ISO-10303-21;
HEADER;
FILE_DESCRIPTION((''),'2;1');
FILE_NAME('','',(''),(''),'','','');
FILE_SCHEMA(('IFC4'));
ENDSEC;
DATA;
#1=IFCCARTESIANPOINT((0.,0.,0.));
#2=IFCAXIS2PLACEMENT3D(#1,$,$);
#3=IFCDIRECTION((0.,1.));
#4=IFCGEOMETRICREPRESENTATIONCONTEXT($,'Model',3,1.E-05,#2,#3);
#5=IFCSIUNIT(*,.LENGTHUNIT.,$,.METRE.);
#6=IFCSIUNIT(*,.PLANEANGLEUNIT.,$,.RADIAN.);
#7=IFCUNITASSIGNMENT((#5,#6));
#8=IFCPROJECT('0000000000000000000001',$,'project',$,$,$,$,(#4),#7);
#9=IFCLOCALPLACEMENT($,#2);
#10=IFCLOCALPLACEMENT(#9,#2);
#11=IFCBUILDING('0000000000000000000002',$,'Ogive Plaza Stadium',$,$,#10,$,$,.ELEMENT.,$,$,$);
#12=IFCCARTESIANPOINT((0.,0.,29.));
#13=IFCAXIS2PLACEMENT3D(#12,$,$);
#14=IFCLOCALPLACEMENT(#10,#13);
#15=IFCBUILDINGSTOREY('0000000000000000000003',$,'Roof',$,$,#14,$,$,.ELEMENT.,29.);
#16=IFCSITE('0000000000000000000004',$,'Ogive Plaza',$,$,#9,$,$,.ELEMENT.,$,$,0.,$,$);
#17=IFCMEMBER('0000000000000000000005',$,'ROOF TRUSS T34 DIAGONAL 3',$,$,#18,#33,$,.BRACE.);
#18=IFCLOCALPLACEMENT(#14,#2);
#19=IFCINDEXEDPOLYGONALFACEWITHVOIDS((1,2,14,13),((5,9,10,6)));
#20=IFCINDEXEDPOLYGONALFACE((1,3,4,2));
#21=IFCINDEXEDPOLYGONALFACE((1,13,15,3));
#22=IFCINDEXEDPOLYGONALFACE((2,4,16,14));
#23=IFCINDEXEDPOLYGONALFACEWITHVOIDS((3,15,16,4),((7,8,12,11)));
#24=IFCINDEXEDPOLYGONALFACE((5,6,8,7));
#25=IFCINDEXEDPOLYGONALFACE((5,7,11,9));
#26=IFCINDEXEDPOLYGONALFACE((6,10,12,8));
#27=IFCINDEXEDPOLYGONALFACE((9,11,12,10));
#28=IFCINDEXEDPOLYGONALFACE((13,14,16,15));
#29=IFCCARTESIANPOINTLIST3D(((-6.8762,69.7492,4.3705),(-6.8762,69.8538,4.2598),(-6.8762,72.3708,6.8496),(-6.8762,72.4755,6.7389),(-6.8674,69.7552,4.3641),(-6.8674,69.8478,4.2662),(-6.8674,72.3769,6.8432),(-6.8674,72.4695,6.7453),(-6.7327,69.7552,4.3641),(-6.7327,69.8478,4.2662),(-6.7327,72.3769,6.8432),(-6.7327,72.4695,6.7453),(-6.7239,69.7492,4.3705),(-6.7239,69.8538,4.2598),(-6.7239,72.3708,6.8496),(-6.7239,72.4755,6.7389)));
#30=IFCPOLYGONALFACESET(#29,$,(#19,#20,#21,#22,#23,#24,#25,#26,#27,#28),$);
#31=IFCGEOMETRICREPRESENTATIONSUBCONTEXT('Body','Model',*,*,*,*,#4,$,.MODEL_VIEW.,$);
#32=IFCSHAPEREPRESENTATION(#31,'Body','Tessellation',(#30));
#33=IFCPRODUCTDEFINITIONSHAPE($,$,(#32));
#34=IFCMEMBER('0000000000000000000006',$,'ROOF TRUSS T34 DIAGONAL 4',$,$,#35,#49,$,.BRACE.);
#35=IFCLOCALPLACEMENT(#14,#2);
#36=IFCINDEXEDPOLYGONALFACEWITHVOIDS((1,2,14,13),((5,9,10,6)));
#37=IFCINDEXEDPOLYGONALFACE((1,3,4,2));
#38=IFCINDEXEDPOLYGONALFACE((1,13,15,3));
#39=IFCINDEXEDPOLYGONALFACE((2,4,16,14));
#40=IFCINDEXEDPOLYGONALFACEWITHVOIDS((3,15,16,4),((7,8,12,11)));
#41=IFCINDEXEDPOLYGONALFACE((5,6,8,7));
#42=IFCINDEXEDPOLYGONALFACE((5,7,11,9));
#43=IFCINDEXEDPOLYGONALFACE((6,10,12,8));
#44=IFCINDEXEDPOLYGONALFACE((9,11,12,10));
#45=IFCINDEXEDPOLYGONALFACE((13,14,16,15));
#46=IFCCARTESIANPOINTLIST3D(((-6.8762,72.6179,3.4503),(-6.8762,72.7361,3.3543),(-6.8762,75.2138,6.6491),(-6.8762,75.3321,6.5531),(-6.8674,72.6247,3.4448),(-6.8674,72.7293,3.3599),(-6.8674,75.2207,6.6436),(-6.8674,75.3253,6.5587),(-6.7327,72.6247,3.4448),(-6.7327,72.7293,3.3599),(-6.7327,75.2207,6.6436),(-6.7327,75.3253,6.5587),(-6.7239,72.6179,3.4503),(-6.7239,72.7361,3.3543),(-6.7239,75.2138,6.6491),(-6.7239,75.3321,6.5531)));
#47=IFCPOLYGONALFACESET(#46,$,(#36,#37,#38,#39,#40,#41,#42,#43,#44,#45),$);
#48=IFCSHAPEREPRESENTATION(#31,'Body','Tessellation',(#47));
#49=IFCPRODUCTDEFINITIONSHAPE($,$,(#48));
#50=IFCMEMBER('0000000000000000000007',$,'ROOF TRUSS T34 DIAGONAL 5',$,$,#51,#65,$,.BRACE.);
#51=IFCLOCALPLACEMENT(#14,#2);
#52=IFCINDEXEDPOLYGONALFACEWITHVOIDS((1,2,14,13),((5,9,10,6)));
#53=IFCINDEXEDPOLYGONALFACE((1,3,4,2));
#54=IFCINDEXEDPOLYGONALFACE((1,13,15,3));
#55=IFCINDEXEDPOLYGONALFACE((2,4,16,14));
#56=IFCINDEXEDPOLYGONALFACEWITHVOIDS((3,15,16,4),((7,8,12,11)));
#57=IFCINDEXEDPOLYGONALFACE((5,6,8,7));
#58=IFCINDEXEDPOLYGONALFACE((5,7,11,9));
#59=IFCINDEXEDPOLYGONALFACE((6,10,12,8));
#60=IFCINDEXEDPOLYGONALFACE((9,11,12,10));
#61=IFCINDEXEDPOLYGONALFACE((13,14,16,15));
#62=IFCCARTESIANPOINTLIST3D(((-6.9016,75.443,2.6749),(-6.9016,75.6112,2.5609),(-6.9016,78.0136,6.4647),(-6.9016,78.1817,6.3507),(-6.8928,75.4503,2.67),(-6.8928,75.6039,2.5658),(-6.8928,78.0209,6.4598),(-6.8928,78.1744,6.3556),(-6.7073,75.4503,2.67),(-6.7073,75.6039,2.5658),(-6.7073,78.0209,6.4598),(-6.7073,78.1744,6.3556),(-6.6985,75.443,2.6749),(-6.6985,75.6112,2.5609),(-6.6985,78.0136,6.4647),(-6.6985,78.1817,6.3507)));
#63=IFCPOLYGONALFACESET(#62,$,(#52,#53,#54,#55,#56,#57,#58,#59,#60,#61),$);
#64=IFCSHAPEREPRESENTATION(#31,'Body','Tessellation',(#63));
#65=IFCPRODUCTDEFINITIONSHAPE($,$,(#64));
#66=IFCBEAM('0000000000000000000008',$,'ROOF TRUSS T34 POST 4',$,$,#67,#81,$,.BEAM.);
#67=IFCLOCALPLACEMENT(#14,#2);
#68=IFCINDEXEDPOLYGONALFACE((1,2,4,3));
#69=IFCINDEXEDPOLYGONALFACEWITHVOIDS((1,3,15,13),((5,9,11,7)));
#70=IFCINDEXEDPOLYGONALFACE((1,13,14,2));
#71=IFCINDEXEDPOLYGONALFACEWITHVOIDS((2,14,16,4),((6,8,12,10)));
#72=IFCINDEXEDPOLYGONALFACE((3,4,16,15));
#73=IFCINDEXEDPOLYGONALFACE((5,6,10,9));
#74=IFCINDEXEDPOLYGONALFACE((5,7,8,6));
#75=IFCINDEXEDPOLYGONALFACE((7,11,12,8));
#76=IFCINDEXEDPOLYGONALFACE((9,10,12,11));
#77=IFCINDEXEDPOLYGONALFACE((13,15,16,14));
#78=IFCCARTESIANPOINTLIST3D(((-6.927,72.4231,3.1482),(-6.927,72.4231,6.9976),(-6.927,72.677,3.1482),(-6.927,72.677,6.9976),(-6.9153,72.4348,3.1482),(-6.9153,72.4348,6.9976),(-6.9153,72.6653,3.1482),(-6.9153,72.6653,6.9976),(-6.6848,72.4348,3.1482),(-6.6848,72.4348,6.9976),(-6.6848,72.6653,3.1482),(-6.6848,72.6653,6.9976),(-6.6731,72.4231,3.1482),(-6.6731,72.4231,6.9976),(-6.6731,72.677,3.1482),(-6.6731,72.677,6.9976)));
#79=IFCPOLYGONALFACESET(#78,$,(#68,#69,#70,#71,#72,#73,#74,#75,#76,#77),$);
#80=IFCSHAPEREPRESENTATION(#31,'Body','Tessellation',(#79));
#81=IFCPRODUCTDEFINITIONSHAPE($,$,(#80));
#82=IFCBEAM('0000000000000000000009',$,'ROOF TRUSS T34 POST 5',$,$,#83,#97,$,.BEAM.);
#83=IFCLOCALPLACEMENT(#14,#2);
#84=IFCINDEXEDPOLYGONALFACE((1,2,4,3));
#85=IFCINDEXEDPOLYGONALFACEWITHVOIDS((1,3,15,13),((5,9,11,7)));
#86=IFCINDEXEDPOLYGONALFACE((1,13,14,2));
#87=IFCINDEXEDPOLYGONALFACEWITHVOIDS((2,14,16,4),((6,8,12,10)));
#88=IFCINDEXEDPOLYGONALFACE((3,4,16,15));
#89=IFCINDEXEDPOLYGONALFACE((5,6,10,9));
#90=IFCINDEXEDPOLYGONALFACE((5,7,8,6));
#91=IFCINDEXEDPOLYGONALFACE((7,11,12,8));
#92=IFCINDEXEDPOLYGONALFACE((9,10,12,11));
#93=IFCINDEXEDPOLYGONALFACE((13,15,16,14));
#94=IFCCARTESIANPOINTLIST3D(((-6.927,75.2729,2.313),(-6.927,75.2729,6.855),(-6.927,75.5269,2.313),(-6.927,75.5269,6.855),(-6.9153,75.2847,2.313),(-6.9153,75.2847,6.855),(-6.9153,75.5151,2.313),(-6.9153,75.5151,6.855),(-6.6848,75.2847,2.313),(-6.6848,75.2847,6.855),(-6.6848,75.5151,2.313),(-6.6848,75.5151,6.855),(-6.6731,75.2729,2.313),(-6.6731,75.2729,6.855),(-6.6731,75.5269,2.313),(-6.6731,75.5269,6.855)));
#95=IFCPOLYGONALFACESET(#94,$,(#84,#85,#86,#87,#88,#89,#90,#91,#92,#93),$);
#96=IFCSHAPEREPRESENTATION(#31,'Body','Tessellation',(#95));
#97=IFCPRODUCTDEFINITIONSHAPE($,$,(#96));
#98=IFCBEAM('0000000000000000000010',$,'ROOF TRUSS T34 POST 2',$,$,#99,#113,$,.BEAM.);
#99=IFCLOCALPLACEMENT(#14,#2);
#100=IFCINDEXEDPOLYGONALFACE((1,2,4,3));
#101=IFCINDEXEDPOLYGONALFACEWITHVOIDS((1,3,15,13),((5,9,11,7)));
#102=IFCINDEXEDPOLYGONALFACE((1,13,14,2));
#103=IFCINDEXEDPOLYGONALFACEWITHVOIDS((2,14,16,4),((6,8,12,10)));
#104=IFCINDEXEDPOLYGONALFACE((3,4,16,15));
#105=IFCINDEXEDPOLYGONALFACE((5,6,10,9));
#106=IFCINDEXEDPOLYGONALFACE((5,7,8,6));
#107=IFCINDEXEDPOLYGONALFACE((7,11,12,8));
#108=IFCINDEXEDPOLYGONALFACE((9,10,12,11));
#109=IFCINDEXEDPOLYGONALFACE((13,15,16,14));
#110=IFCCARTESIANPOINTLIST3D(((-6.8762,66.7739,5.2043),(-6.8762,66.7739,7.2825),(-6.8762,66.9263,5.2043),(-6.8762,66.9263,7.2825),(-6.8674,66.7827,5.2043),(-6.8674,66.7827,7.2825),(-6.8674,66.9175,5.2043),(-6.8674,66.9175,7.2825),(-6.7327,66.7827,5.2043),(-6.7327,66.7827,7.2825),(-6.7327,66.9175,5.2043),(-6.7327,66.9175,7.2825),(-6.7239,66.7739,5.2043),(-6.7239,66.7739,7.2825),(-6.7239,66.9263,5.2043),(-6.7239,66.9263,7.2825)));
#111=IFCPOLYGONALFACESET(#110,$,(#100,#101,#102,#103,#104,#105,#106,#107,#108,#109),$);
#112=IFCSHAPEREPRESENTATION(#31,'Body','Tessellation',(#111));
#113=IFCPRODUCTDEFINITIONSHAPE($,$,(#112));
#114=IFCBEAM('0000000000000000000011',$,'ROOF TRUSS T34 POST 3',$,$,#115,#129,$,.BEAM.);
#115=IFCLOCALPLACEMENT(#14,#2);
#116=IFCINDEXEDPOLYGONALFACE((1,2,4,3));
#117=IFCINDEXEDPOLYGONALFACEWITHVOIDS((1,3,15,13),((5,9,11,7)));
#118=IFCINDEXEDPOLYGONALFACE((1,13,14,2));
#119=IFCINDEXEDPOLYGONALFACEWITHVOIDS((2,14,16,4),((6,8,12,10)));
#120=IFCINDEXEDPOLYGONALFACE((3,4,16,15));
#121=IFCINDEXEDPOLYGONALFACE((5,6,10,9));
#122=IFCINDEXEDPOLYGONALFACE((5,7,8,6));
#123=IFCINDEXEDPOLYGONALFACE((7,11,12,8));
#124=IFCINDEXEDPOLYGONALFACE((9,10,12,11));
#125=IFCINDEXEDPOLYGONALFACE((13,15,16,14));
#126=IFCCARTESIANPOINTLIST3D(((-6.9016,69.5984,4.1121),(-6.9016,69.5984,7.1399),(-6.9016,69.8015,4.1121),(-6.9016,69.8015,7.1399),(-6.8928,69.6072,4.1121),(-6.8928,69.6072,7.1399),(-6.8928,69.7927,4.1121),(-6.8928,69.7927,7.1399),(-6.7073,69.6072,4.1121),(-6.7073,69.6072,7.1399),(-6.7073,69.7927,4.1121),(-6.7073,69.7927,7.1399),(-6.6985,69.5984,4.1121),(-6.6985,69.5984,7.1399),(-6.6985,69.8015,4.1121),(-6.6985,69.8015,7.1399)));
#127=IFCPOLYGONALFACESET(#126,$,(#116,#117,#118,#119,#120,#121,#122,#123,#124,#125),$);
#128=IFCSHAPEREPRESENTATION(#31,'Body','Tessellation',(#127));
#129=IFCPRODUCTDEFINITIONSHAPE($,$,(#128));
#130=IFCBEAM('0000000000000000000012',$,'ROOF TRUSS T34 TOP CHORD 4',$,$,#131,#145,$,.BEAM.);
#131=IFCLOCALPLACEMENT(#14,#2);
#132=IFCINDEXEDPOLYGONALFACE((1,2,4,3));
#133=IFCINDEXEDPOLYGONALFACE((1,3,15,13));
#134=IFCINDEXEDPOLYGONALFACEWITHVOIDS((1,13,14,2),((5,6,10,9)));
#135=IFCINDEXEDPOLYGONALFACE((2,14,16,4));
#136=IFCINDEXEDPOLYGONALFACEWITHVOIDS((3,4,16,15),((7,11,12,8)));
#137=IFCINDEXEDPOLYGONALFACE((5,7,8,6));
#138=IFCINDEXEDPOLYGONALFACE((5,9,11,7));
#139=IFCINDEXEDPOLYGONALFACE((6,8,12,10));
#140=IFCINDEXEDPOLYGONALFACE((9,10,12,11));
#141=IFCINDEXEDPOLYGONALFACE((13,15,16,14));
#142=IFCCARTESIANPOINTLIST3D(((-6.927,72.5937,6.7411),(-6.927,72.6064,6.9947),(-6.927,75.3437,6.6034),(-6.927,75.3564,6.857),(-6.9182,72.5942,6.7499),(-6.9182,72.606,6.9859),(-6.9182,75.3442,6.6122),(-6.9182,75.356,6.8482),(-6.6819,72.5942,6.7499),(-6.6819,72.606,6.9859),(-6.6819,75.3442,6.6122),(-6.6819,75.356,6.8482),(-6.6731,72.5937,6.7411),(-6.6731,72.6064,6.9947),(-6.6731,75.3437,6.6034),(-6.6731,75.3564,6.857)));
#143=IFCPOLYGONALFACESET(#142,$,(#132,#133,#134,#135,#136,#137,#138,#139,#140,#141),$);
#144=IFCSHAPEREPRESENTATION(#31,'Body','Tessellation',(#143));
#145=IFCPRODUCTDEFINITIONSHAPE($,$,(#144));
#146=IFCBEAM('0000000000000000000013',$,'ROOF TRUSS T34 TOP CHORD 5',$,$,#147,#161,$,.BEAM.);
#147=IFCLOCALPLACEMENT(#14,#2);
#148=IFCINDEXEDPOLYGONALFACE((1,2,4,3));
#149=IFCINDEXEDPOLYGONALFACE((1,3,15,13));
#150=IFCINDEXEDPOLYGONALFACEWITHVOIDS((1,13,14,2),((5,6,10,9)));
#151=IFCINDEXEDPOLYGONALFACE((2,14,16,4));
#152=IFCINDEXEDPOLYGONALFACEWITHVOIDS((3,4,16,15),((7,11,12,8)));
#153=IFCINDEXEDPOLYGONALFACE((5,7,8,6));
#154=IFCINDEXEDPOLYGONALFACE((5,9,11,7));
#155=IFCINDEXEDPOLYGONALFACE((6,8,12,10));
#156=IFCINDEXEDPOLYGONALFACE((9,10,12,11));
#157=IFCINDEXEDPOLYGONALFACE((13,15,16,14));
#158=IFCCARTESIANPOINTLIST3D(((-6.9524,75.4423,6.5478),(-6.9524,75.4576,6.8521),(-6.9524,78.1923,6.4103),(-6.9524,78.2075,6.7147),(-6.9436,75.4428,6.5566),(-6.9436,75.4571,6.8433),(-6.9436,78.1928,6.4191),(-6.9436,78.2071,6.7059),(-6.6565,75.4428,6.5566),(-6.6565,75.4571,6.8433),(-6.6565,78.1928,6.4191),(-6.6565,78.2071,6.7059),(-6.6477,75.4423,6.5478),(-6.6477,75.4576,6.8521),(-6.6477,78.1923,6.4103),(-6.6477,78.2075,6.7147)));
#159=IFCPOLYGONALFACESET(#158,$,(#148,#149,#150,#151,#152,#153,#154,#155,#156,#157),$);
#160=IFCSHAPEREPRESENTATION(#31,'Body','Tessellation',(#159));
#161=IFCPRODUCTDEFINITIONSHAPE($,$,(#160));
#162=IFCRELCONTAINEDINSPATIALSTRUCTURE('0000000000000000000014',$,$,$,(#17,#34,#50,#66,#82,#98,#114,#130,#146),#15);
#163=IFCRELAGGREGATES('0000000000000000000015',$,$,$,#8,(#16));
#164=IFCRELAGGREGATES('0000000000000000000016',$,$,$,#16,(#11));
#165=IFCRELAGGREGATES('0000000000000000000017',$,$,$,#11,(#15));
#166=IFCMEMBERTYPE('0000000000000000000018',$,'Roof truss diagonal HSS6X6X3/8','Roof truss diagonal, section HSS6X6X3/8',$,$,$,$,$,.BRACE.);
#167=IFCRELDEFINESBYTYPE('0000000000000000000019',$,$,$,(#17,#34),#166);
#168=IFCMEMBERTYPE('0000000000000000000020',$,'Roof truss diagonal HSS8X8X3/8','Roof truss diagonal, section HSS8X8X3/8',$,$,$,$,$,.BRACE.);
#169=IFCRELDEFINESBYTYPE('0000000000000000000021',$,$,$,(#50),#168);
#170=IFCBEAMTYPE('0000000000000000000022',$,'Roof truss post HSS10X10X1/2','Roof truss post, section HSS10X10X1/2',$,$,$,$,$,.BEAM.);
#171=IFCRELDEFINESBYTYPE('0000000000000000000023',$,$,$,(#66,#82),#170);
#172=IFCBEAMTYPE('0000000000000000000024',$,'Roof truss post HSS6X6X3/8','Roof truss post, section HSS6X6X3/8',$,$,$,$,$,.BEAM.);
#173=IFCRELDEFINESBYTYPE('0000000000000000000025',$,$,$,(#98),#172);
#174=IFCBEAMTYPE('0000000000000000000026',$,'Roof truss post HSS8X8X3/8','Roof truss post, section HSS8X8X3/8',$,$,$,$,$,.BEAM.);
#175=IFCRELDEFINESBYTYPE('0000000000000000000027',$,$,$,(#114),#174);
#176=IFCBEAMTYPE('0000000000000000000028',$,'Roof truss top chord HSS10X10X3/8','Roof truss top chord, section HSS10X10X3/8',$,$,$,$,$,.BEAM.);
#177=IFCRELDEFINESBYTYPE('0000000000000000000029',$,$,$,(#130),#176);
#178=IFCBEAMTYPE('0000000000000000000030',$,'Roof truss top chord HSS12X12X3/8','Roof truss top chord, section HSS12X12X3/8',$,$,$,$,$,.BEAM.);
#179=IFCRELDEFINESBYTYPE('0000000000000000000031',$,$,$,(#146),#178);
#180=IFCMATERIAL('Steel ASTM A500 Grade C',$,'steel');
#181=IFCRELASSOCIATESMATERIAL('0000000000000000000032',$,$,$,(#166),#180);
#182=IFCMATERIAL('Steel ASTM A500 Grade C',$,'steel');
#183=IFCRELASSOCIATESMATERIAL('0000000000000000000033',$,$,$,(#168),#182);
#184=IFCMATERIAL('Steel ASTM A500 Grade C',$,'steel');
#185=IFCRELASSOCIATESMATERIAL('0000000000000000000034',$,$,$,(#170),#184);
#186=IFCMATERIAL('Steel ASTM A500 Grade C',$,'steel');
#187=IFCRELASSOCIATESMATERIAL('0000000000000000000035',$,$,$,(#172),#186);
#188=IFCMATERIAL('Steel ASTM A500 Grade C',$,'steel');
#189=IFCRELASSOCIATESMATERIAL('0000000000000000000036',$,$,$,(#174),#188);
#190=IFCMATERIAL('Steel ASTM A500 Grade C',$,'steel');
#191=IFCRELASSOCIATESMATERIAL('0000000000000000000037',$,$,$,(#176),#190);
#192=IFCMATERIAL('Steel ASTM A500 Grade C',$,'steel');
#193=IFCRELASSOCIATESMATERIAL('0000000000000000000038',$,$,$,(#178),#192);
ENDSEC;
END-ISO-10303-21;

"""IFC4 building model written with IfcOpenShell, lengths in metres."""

from ifc_helpers import new_model, si_unit, direction, frame, origin, origin_2d, place, context, subcontext, project, spatial, hollow_rectangle, extrude, material, material_profile, profile_set, type_object, element, save


model = new_model("IFC4")

# Units and contexts
model_context = context("Model", 3, precision=1e-05, world=origin(), true_north=direction((0.0, 1.0)))
body_context = subcontext(model_context, "Body", "Model", "MODEL_VIEW")
ifc_project = project(units=[si_unit("LENGTHUNIT", "METRE"), si_unit("PLANEANGLEUNIT", "RADIAN")], contexts=[model_context])

# Site, building, storey
site_placement = place(None, origin())
site = spatial("IfcSite", under=ifc_project, at=site_placement, Name="Ogive Plaza", CompositionType="ELEMENT", RefElevation=0.0)
building_placement = place(site_placement, origin())
building = spatial("IfcBuilding", under=site, at=building_placement, Name="Ogive Plaza Stadium", CompositionType="ELEMENT")
storey_placement = place(building_placement, frame((0.0, 0.0, 29.0)))
storey = spatial("IfcBuildingStorey", under=building, at=storey_placement, Name="Roof", CompositionType="ELEMENT", Elevation=29.0)

# Members
ifc_material_1 = material(Name="Steel ASTM A500 Grade C", Category="steel")
ifc_material_profile_1 = material_profile(ifc_material_1, hollow_rectangle(XDim=0.1523, YDim=0.1523, WallThickness=0.0088, at=origin_2d()), Name="HSS6X6X3/8")
ifc_profile_set_1 = profile_set([ifc_material_profile_1], Name="Steel ASTM A500 Grade C")
member_type_1 = type_object("IfcMemberType", Name="Roof truss diagonal HSS6X6X3/8", Description="Roof truss diagonal, section HSS6X6X3/8", PredefinedType="BRACE", material=ifc_profile_set_1)
member_1_placement = place(storey_placement, frame((-6.8, 69.8015, 4.3152), z_axis=(0.0, 0.726589, 0.687072), x_axis=(-1.0, 0.0, 0.0)))
element("IfcMember", 1, at=member_1_placement, inside=storey, type_object=member_type_1, Name="ROOF TRUSS T34 DIAGONAL 3", PredefinedType="BRACE", context=body_context, shape_type="SweptSolid", body=[
    extrude(hollow_rectangle(XDim=0.1523, YDim=0.1523, WallThickness=0.0088, at=origin_2d()), origin(), (0.0, 0.0, 1.0), 3.6082),
])
member_2_placement = place(storey_placement, frame((-6.8, 72.677, 3.4023), z_axis=(0.0, 0.630151, 0.776473), x_axis=(-1.0, 0.0, 0.0)))
element("IfcMember", 2, at=member_2_placement, inside=storey, type_object=member_type_1, Name="ROOF TRUSS T34 DIAGONAL 4", PredefinedType="BRACE", context=body_context, shape_type="SweptSolid", body=[
    extrude(hollow_rectangle(XDim=0.1523, YDim=0.1523, WallThickness=0.0088, at=origin_2d()), origin(), (0.0, 0.0, 1.0), 4.1196),
])
ifc_material_2 = material(Name="Steel ASTM A500 Grade C", Category="steel")
ifc_material_profile_2 = material_profile(ifc_material_2, hollow_rectangle(XDim=0.2031, YDim=0.2031, WallThickness=0.0088, at=origin_2d()), Name="HSS8X8X3/8")
ifc_profile_set_2 = profile_set([ifc_material_profile_2], Name="Steel ASTM A500 Grade C")
member_type_2 = type_object("IfcMemberType", Name="Roof truss diagonal HSS8X8X3/8", Description="Roof truss diagonal, section HSS8X8X3/8", PredefinedType="BRACE", material=ifc_profile_set_2)
member_3_placement = place(storey_placement, frame((-6.8, 75.5271, 2.6179), z_axis=(0.0, 0.561338, 0.827586), x_axis=(-1.0, 0.0, 0.0)))
element("IfcMember", 3, at=member_3_placement, inside=storey, type_object=member_type_2, Name="ROOF TRUSS T34 DIAGONAL 5", PredefinedType="BRACE", context=body_context, shape_type="SweptSolid", body=[
    extrude(hollow_rectangle(XDim=0.2031, YDim=0.2031, WallThickness=0.0088, at=origin_2d()), origin(), (0.0, 0.0, 1.0), 4.5793),
])

# Beams
ifc_material_3 = material(Name="Steel ASTM A500 Grade C", Category="steel")
ifc_material_profile_3 = material_profile(ifc_material_3, hollow_rectangle(XDim=0.2539, YDim=0.2539, WallThickness=0.0117, at=origin_2d()), Name="HSS10X10X1/2")
ifc_profile_set_3 = profile_set([ifc_material_profile_3], Name="Steel ASTM A500 Grade C")
beam_type_1 = type_object("IfcBeamType", Name="Roof truss post HSS10X10X1/2", Description="Roof truss post, section HSS10X10X1/2", PredefinedType="BEAM", material=ifc_profile_set_3)
beam_1_placement = place(storey_placement, frame((-6.8, 72.55, 3.1482), z_axis=(0.0, 0.0, 1.0), x_axis=(-1.0, 0.0, 0.0)))
element("IfcBeam", 4, at=beam_1_placement, inside=storey, type_object=beam_type_1, Name="ROOF TRUSS T34 POST 4", PredefinedType="BEAM", context=body_context, shape_type="SweptSolid", body=[
    extrude(hollow_rectangle(XDim=0.2539, YDim=0.2539, WallThickness=0.0117, at=origin_2d()), origin(), (0.0, 0.0, 1.0), 3.8494),
])
beam_2_placement = place(storey_placement, frame((-6.8, 75.3999, 2.313), z_axis=(0.0, 0.0, 1.0), x_axis=(-1.0, 0.0, 0.0)))
element("IfcBeam", 5, at=beam_2_placement, inside=storey, type_object=beam_type_1, Name="ROOF TRUSS T34 POST 5", PredefinedType="BEAM", context=body_context, shape_type="SweptSolid", body=[
    extrude(hollow_rectangle(XDim=0.2539, YDim=0.2539, WallThickness=0.0117, at=origin_2d()), origin(), (0.0, 0.0, 1.0), 4.542),
])
ifc_material_4 = material(Name="Steel ASTM A500 Grade C", Category="steel")
ifc_material_profile_4 = material_profile(ifc_material_4, hollow_rectangle(XDim=0.1523, YDim=0.1523, WallThickness=0.0088, at=origin_2d()), Name="HSS6X6X3/8")
ifc_profile_set_4 = profile_set([ifc_material_profile_4], Name="Steel ASTM A500 Grade C")
beam_type_2 = type_object("IfcBeamType", Name="Roof truss post HSS6X6X3/8", Description="Roof truss post, section HSS6X6X3/8", PredefinedType="BEAM", material=ifc_profile_set_4)
beam_3_placement = place(storey_placement, frame((-6.8, 66.8501, 5.2043), z_axis=(0.0, 0.0, 1.0), x_axis=(-1.0, 0.0, 0.0)))
element("IfcBeam", 6, at=beam_3_placement, inside=storey, type_object=beam_type_2, Name="ROOF TRUSS T34 POST 2", PredefinedType="BEAM", context=body_context, shape_type="SweptSolid", body=[
    extrude(hollow_rectangle(XDim=0.1523, YDim=0.1523, WallThickness=0.0088, at=origin_2d()), origin(), (0.0, 0.0, 1.0), 2.0781),
])
ifc_material_5 = material(Name="Steel ASTM A500 Grade C", Category="steel")
ifc_material_profile_5 = material_profile(ifc_material_5, hollow_rectangle(XDim=0.2031, YDim=0.2031, WallThickness=0.0088, at=origin_2d()), Name="HSS8X8X3/8")
ifc_profile_set_5 = profile_set([ifc_material_profile_5], Name="Steel ASTM A500 Grade C")
beam_type_3 = type_object("IfcBeamType", Name="Roof truss post HSS8X8X3/8", Description="Roof truss post, section HSS8X8X3/8", PredefinedType="BEAM", material=ifc_profile_set_5)
beam_4_placement = place(storey_placement, frame((-6.8, 69.7, 4.1121), z_axis=(0.0, 0.0, 1.0), x_axis=(-1.0, 0.0, 0.0)))
element("IfcBeam", 7, at=beam_4_placement, inside=storey, type_object=beam_type_3, Name="ROOF TRUSS T34 POST 3", PredefinedType="BEAM", context=body_context, shape_type="SweptSolid", body=[
    extrude(hollow_rectangle(XDim=0.2031, YDim=0.2031, WallThickness=0.0088, at=origin_2d()), origin(), (0.0, 0.0, 1.0), 3.0278),
])
ifc_material_6 = material(Name="Steel ASTM A500 Grade C", Category="steel")
ifc_material_profile_6 = material_profile(ifc_material_6, hollow_rectangle(XDim=0.2539, YDim=0.2539, WallThickness=0.0088, at=origin_2d()), Name="HSS10X10X3/8")
ifc_profile_set_6 = profile_set([ifc_material_profile_6], Name="Steel ASTM A500 Grade C")
beam_type_4 = type_object("IfcBeamType", Name="Roof truss top chord HSS10X10X3/8", Description="Roof truss top chord, section HSS10X10X3/8", PredefinedType="BEAM", material=ifc_profile_set_6)
beam_5_placement = place(storey_placement, frame((-6.8, 72.6001, 6.8679), z_axis=(0.0, 0.998749, -0.050008), x_axis=(-1.0, 0.0, 0.0)))
element("IfcBeam", 8, at=beam_5_placement, inside=storey, type_object=beam_type_4, Name="ROOF TRUSS T34 TOP CHORD 4", PredefinedType="BEAM", context=body_context, shape_type="SweptSolid", body=[
    extrude(hollow_rectangle(XDim=0.2539, YDim=0.2539, WallThickness=0.0088, at=origin_2d()), origin(), (0.0, 0.0, 1.0), 2.7534),
])
ifc_material_7 = material(Name="Steel ASTM A500 Grade C", Category="steel")
ifc_material_profile_7 = material_profile(ifc_material_7, hollow_rectangle(XDim=0.3047, YDim=0.3047, WallThickness=0.0088, at=origin_2d()), Name="HSS12X12X3/8")
ifc_profile_set_7 = profile_set([ifc_material_profile_7], Name="Steel ASTM A500 Grade C")
beam_type_5 = type_object("IfcBeamType", Name="Roof truss top chord HSS12X12X3/8", Description="Roof truss top chord, section HSS12X12X3/8", PredefinedType="BEAM", material=ifc_profile_set_7)
beam_6_placement = place(storey_placement, frame((-6.8, 75.45, 6.7), z_axis=(0.0, 0.998753, -0.04992), x_axis=(-1.0, 0.0, 0.0)))
element("IfcBeam", 9, at=beam_6_placement, inside=storey, type_object=beam_type_5, Name="ROOF TRUSS T34 TOP CHORD 5", PredefinedType="BEAM", context=body_context, shape_type="SweptSolid", body=[
    extrude(hollow_rectangle(XDim=0.3047, YDim=0.3047, WallThickness=0.0088, at=origin_2d()), origin(), (0.0, 0.0, 1.0), 2.7534),
])

save(model, "model.ifc")
